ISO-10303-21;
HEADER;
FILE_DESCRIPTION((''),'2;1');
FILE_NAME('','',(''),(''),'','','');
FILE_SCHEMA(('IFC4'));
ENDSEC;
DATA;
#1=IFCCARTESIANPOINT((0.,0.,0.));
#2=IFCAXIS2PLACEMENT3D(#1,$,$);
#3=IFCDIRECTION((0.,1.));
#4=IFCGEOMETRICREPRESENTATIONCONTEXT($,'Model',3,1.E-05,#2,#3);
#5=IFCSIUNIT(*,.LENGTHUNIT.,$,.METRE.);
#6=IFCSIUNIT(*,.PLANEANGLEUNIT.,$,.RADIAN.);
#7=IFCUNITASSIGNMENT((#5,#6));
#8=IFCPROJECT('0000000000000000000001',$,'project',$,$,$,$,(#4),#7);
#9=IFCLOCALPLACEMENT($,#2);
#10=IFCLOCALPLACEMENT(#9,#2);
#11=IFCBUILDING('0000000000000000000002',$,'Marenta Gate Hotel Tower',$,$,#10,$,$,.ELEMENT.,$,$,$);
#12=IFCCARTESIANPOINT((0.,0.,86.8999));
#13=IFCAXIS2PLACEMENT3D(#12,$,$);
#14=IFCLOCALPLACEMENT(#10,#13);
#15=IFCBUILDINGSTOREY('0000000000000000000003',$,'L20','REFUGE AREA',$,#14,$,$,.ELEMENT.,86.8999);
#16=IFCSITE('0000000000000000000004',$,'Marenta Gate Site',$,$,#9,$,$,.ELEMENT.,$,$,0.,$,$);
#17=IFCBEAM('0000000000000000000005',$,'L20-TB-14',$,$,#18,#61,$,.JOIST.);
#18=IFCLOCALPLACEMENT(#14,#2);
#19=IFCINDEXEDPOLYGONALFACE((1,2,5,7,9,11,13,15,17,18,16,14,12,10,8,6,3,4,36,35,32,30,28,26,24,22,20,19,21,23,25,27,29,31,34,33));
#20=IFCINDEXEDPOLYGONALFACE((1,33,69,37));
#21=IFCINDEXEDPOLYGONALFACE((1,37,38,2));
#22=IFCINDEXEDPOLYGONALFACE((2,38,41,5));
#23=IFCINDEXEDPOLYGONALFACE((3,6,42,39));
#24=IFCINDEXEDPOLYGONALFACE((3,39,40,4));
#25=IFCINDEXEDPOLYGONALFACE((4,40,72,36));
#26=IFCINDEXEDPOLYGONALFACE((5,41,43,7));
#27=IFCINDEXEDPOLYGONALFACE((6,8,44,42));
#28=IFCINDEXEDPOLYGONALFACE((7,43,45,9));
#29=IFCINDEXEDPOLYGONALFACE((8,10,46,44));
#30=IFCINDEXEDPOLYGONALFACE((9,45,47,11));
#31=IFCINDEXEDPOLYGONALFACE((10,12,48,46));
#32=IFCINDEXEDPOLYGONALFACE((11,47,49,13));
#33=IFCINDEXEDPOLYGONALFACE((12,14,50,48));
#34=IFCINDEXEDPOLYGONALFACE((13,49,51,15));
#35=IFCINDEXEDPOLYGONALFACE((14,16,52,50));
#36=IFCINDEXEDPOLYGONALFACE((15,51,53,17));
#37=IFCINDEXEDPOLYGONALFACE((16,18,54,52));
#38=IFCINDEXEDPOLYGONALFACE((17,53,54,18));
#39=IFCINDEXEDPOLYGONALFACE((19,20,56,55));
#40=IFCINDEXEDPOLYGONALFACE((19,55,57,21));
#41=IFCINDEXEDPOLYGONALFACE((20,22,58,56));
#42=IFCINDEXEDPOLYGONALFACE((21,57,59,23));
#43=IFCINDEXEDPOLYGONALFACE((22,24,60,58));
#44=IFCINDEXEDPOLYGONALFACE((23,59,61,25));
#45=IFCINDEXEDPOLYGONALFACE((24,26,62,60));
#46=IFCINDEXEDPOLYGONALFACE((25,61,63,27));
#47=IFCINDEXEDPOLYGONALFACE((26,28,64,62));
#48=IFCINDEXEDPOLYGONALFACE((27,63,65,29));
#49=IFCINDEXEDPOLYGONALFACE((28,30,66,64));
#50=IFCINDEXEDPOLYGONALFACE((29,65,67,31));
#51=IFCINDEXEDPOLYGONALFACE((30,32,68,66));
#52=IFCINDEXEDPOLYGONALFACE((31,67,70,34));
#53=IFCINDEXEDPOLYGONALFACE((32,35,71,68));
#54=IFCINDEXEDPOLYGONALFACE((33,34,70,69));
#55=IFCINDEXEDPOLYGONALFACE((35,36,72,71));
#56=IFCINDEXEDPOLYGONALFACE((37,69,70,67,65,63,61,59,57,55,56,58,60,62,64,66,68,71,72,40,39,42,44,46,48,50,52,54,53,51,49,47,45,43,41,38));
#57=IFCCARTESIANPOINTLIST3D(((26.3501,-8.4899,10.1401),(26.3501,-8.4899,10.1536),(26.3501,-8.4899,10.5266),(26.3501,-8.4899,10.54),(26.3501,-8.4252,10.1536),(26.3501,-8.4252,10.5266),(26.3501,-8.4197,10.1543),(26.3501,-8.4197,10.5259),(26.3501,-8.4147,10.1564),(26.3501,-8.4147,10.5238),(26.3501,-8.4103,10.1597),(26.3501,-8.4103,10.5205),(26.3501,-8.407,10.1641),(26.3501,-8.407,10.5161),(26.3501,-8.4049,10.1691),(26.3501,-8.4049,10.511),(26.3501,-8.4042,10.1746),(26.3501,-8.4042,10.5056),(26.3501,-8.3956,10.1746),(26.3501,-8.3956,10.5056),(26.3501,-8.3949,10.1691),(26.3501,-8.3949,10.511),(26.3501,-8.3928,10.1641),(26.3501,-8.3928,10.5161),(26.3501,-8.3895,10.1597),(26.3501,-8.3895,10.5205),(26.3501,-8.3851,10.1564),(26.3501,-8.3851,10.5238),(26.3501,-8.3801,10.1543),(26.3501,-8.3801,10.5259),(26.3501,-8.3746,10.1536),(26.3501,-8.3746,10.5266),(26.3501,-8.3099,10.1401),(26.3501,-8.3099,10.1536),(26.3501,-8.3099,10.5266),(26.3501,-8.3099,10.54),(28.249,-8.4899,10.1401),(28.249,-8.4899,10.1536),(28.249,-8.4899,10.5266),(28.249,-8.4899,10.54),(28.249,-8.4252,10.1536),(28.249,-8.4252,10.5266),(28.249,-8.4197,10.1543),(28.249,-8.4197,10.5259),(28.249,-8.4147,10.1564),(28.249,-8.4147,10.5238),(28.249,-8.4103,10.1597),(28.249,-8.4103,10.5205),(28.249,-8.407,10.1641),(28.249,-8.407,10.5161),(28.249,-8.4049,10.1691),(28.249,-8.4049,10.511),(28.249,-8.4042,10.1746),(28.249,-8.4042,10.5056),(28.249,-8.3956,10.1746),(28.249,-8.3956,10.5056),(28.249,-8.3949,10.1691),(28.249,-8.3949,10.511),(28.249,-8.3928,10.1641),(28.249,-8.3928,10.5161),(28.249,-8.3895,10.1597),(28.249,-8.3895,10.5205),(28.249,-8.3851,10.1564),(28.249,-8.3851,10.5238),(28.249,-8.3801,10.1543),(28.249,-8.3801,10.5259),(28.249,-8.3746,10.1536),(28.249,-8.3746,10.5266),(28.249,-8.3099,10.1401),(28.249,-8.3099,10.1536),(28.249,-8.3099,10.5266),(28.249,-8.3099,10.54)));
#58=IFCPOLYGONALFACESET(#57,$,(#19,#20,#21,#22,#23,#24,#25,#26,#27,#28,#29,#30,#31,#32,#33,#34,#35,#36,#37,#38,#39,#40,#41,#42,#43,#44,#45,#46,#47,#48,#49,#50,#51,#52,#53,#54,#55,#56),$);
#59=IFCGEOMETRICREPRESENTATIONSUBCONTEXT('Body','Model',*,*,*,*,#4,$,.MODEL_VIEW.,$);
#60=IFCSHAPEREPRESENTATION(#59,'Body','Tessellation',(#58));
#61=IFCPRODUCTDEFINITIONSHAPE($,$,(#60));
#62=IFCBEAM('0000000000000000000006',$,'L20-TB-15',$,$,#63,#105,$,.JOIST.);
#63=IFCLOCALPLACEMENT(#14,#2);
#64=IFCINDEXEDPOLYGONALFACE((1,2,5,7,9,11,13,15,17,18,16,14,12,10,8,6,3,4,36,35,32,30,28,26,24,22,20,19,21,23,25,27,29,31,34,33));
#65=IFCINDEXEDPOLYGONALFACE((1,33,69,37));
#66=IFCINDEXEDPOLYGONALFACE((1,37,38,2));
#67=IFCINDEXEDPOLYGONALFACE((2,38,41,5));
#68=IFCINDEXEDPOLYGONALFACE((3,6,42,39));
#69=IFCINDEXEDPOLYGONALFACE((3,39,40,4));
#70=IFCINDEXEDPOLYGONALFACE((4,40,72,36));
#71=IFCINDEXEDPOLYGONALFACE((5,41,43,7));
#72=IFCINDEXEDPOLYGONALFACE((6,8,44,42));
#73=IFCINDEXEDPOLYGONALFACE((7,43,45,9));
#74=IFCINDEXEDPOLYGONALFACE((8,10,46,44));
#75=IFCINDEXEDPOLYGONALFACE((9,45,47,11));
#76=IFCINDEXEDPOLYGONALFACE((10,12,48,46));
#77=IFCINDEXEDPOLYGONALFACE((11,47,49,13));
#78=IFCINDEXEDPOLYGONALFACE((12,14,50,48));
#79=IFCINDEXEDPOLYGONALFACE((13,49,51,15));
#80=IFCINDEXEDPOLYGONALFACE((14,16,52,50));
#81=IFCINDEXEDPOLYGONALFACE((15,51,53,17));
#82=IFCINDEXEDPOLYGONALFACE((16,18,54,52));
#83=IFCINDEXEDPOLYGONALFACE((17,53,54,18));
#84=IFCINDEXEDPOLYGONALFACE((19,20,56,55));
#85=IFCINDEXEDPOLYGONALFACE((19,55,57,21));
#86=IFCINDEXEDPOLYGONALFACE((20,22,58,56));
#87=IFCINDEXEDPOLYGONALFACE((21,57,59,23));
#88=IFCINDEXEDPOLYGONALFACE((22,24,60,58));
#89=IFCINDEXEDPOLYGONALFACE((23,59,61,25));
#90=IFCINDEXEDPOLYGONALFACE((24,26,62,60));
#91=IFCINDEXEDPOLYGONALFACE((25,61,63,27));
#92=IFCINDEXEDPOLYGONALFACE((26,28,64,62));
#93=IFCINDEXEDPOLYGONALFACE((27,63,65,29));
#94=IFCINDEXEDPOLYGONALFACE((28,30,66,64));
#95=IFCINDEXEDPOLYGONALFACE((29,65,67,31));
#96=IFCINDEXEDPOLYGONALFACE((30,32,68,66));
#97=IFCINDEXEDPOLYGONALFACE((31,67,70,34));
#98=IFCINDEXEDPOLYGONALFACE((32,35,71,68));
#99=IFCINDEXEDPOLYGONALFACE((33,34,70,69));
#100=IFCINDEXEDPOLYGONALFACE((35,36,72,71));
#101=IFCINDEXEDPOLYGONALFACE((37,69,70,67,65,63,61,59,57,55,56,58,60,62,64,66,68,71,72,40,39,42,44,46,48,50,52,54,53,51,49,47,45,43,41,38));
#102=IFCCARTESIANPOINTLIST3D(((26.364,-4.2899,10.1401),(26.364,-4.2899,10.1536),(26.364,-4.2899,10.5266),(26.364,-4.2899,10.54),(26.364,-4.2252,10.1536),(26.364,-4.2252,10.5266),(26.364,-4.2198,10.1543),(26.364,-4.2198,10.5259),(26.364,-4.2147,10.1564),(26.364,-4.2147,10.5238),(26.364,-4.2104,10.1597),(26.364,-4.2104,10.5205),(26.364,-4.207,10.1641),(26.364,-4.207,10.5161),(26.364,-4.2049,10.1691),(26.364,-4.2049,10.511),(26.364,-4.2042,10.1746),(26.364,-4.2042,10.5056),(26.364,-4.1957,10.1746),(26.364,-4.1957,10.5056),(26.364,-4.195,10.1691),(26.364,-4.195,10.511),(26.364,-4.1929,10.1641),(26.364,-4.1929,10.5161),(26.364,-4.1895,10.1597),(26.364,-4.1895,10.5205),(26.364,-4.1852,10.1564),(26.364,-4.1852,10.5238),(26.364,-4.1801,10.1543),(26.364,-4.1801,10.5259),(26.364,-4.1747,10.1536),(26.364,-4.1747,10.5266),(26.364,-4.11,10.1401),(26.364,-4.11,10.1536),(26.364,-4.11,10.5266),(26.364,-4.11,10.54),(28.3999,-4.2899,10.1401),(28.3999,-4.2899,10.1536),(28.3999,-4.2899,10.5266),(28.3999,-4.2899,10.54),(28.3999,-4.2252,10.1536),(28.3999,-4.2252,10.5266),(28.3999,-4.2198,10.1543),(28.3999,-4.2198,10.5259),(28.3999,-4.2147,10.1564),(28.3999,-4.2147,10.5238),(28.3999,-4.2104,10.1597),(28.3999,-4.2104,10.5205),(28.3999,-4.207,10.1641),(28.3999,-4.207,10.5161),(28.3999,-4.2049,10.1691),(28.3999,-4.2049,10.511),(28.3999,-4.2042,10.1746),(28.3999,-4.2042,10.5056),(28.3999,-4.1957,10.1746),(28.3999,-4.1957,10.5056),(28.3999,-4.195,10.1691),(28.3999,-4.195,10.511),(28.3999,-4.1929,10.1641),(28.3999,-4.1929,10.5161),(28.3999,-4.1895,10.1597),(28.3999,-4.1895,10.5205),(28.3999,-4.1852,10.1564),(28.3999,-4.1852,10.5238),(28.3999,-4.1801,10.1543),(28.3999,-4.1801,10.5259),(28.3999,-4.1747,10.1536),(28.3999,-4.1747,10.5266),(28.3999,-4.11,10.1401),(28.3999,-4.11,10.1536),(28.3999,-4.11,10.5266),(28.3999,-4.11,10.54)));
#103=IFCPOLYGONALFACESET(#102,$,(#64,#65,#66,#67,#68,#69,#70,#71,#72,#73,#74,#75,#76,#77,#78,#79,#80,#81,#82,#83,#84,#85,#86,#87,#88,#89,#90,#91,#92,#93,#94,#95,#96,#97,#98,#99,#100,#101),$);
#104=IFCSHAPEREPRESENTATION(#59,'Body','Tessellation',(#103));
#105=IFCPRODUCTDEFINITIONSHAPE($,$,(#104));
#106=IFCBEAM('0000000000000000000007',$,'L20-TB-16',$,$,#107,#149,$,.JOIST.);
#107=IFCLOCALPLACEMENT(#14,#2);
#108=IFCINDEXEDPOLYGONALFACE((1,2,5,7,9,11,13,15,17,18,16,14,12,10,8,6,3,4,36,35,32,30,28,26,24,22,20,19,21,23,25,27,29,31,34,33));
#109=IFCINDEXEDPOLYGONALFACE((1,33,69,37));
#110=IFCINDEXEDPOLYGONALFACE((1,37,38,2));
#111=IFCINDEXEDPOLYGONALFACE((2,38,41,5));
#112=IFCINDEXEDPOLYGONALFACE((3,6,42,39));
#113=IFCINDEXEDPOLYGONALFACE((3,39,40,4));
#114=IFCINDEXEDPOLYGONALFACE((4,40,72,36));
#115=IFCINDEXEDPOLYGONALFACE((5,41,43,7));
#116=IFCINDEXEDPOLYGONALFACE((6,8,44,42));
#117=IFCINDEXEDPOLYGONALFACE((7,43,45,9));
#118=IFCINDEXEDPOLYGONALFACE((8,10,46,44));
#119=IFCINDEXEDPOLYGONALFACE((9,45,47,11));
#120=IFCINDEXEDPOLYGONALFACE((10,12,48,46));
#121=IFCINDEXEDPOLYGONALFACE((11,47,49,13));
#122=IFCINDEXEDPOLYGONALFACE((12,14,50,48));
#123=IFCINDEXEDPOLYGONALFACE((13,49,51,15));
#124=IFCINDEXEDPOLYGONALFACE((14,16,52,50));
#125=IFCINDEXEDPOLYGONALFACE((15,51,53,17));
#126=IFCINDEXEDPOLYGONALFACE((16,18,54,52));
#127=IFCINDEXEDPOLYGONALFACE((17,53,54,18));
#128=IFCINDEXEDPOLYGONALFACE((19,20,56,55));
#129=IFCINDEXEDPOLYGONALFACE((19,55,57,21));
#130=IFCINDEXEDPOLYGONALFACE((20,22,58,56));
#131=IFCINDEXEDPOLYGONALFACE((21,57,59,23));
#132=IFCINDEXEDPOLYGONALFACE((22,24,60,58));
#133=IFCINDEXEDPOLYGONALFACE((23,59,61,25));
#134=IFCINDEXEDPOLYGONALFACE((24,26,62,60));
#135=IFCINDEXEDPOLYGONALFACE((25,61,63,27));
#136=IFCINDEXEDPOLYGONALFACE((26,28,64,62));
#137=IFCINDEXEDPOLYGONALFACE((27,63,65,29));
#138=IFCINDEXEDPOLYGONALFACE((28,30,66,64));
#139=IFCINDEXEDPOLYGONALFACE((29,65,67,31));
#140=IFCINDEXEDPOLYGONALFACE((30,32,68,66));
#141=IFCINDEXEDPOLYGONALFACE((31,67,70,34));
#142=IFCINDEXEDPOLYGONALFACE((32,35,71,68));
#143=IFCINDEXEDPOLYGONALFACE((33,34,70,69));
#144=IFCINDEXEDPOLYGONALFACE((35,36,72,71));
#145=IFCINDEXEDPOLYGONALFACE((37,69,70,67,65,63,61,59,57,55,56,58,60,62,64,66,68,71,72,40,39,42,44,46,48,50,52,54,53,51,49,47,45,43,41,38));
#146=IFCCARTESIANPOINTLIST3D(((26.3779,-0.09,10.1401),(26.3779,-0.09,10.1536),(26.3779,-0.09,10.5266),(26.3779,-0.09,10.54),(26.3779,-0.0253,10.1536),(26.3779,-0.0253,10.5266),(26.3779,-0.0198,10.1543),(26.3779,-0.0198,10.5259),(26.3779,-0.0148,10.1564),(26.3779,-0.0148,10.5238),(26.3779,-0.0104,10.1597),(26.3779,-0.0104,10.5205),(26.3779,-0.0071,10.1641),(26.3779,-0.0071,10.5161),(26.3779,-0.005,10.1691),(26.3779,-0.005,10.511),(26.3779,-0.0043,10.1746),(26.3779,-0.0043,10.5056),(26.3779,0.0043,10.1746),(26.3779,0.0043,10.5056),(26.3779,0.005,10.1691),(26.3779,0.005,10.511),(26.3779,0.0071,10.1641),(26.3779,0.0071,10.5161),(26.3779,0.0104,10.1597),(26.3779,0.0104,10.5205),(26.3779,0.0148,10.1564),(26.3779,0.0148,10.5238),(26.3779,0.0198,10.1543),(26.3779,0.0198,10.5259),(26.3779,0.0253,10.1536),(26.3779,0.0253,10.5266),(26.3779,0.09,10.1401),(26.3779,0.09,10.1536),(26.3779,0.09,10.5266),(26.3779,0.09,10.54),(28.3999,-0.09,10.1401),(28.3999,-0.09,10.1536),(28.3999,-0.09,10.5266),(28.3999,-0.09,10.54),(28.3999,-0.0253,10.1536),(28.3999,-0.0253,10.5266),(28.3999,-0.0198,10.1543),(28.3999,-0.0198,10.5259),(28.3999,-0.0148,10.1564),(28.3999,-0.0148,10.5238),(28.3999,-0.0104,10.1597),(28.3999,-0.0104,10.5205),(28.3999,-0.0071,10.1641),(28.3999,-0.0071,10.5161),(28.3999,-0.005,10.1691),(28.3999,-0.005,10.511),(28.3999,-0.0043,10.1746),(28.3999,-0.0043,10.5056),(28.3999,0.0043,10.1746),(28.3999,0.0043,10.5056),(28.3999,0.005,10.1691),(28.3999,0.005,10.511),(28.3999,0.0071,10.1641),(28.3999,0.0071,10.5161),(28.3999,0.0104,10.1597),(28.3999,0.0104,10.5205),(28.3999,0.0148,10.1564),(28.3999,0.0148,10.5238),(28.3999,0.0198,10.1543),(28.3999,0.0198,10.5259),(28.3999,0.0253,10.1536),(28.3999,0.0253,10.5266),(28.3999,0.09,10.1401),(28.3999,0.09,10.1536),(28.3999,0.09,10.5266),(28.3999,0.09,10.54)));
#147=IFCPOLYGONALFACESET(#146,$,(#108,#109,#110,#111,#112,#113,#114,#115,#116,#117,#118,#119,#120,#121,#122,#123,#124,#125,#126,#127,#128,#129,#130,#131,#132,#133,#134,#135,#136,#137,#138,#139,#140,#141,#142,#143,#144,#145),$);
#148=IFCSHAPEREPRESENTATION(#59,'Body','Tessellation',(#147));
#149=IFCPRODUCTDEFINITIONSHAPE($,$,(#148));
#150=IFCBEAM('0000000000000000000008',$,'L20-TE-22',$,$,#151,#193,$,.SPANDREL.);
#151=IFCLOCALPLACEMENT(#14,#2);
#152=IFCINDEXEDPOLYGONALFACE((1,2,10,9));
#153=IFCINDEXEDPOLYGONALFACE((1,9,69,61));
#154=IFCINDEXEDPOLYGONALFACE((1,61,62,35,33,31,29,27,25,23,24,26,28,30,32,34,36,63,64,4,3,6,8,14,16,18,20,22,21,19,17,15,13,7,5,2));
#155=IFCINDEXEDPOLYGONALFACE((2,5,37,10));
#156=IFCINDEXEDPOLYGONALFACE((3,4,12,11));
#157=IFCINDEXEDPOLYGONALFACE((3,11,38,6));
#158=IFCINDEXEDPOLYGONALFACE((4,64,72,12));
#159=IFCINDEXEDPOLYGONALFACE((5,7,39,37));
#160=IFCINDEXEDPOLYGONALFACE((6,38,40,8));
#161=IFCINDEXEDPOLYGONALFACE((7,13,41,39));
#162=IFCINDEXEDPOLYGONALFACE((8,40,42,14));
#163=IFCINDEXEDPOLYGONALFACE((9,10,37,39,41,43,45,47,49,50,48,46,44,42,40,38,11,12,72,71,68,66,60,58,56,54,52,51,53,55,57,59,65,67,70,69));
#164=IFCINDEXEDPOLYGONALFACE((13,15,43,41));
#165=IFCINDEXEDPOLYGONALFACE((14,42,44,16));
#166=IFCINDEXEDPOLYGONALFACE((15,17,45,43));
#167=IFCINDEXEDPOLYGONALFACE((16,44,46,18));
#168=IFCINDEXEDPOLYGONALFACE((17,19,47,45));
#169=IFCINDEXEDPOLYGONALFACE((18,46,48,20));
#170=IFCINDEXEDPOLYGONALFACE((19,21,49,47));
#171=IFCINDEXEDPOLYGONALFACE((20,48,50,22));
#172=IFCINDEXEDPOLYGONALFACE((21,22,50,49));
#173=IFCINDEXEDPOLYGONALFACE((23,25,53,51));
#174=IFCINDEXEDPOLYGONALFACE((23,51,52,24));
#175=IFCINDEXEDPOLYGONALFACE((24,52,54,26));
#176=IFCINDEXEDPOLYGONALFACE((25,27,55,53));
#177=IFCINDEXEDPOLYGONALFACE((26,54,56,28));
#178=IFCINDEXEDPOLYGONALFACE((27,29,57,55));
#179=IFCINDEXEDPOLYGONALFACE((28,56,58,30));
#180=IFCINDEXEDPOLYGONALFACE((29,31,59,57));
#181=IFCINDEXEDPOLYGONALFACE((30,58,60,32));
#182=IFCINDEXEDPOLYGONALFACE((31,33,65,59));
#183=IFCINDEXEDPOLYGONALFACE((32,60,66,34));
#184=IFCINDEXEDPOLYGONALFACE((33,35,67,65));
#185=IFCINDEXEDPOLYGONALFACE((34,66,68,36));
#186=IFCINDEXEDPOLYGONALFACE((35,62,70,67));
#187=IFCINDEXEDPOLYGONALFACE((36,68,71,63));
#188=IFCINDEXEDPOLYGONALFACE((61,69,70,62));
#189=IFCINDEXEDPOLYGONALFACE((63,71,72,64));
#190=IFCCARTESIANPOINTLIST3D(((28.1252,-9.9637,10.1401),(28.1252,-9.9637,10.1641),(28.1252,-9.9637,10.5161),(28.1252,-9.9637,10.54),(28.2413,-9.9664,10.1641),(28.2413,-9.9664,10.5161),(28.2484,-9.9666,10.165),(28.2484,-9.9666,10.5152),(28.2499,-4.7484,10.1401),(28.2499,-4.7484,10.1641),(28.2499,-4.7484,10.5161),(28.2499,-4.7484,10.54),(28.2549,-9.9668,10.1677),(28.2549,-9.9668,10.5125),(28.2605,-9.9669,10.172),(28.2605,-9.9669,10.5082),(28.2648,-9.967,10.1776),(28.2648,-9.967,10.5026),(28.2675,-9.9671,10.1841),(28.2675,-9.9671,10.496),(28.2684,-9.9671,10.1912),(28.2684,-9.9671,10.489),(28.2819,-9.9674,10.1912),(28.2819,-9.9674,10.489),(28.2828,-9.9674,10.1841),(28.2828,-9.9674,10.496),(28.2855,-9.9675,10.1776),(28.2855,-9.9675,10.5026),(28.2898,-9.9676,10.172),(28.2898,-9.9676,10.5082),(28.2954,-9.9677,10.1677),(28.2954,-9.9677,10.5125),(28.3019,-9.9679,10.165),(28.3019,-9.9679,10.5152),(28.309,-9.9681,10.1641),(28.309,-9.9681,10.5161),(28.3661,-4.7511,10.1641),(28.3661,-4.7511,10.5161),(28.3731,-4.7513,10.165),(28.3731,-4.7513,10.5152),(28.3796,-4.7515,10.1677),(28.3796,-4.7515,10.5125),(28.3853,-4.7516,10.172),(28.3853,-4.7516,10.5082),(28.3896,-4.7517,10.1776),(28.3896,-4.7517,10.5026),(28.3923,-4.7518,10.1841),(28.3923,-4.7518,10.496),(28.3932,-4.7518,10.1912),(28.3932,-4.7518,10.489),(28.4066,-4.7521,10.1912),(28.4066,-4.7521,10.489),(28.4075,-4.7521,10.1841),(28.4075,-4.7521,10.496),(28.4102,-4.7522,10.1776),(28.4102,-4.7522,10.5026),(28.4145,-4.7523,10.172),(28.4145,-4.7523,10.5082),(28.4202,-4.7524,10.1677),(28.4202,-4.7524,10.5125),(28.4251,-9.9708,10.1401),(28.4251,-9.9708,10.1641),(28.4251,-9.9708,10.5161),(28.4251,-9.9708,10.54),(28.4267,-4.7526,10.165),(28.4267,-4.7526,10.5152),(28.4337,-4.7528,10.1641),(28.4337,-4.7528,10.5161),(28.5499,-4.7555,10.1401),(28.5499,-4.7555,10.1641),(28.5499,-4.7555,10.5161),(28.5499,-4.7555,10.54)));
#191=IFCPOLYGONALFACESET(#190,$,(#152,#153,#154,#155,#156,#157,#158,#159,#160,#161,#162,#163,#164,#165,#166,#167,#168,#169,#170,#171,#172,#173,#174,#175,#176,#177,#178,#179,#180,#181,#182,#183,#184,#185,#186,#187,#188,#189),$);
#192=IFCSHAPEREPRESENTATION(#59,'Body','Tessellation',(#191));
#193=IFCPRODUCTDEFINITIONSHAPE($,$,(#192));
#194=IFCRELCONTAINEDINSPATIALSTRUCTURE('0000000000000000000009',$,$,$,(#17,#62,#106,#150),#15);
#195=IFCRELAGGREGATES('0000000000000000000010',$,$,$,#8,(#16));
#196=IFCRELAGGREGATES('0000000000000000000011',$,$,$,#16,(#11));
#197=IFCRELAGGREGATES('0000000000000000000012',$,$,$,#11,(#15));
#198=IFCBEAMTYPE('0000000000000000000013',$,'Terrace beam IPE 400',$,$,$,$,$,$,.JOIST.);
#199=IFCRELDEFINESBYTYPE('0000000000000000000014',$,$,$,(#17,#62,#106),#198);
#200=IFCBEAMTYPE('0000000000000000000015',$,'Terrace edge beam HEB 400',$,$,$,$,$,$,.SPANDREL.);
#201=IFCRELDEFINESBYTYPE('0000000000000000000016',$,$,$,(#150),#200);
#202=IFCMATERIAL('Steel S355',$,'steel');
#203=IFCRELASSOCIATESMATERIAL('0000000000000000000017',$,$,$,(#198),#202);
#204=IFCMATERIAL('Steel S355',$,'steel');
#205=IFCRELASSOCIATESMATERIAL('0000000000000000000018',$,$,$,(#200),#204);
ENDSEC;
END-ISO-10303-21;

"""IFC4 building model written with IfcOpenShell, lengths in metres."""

from ifc_helpers import new_model, si_unit, direction, frame, origin, origin_2d, place, context, subcontext, project, spatial, i_section, extrude, material, material_profile, profile_set, type_object, element, save


model = new_model("IFC4")

# Units and contexts
model_context = context("Model", 3, precision=1e-05, world=origin(), true_north=direction((0.0, 1.0)))
body_context = subcontext(model_context, "Body", "Model", "MODEL_VIEW")
ifc_project = project(units=[si_unit("LENGTHUNIT", "METRE"), si_unit("PLANEANGLEUNIT", "RADIAN")], contexts=[model_context])

# Site, building, storey
site_placement = place(None, origin())
site = spatial("IfcSite", under=ifc_project, at=site_placement, Name="Marenta Gate Site", CompositionType="ELEMENT", RefElevation=0.0)
building_placement = place(site_placement, origin())
building = spatial("IfcBuilding", under=site, at=building_placement, Name="Marenta Gate Hotel Tower", CompositionType="ELEMENT")
storey_placement = place(building_placement, frame((0.0, 0.0, 86.8999)))
storey = spatial("IfcBuildingStorey", under=building, at=storey_placement, Name="L20", Description="REFUGE AREA", CompositionType="ELEMENT", Elevation=86.8999)

# Beams
ifc_material_1 = material(Name="Steel S355", Category="steel")
ifc_material_profile_1 = material_profile(ifc_material_1, i_section(OverallWidth=0.1799, OverallDepth=0.3999, WebThickness=0.0085, FlangeThickness=0.0134, FilletRadius=0.021, at=origin_2d()), Name="IPE 400")
ifc_profile_set_1 = profile_set([ifc_material_profile_1], Name="Steel S355")
beam_type_1 = type_object("IfcBeamType", Name="Terrace beam IPE 400", PredefinedType="JOIST", material=ifc_profile_set_1)
beam_1_placement = place(storey_placement, frame((26.3501, -8.3999, 10.3401), z_axis=(1.0, 0.0, 0.0), x_axis=(0.0, 1.0, 0.0)))
element("IfcBeam", 1, at=beam_1_placement, inside=storey, type_object=beam_type_1, Name="L20-TB-14", PredefinedType="JOIST", context=body_context, shape_type="SweptSolid", body=[
    extrude(i_section(OverallWidth=0.1799, OverallDepth=0.3999, WebThickness=0.0085, FlangeThickness=0.0134, FilletRadius=0.021, at=origin_2d()), origin(), (0.0, 0.0, 1.0), 1.8989),
])
beam_2_placement = place(storey_placement, frame((26.364, -4.2, 10.3401), z_axis=(1.0, 0.0, 0.0), x_axis=(0.0, 1.0, 0.0)))
element("IfcBeam", 2, at=beam_2_placement, inside=storey, type_object=beam_type_1, Name="L20-TB-15", PredefinedType="JOIST", context=body_context, shape_type="SweptSolid", body=[
    extrude(i_section(OverallWidth=0.1799, OverallDepth=0.3999, WebThickness=0.0085, FlangeThickness=0.0134, FilletRadius=0.021, at=origin_2d()), origin(), (0.0, 0.0, 1.0), 2.0359),
])
beam_3_placement = place(storey_placement, frame((26.3779, 0.0, 10.3401), z_axis=(1.0, 0.0, 0.0), x_axis=(0.0, 1.0, 0.0)))
element("IfcBeam", 3, at=beam_3_placement, inside=storey, type_object=beam_type_1, Name="L20-TB-16", PredefinedType="JOIST", context=body_context, shape_type="SweptSolid", body=[
    extrude(i_section(OverallWidth=0.1799, OverallDepth=0.3999, WebThickness=0.0085, FlangeThickness=0.0134, FilletRadius=0.021, at=origin_2d()), origin(), (0.0, 0.0, 1.0), 2.022),
])
ifc_material_2 = material(Name="Steel S355", Category="steel")
ifc_material_profile_2 = material_profile(ifc_material_2, i_section(OverallWidth=0.3, OverallDepth=0.3999, WebThickness=0.0134, FlangeThickness=0.0239, FilletRadius=0.0271, at=origin_2d()), Name="HEB 400")
ifc_profile_set_2 = profile_set([ifc_material_profile_2], Name="Steel S355")
beam_type_2 = type_object("IfcBeamType", Name="Terrace edge beam HEB 400", PredefinedType="SPANDREL", material=ifc_profile_set_2)
beam_4_placement = place(storey_placement, frame((28.3999, -4.752, 10.3401), z_axis=(-0.023914, -0.999714, 0.0), x_axis=(0.999714, -0.023914, 0.0)))
element("IfcBeam", 4, at=beam_4_placement, inside=storey, type_object=beam_type_2, Name="L20-TE-22", PredefinedType="SPANDREL", context=body_context, shape_type="SweptSolid", body=[
    extrude(i_section(OverallWidth=0.3, OverallDepth=0.3999, WebThickness=0.0134, FlangeThickness=0.0239, FilletRadius=0.0271, at=origin_2d()), origin(), (0.0, 0.0, 1.0), 5.2168),
])

save(model, "model.ifc")
